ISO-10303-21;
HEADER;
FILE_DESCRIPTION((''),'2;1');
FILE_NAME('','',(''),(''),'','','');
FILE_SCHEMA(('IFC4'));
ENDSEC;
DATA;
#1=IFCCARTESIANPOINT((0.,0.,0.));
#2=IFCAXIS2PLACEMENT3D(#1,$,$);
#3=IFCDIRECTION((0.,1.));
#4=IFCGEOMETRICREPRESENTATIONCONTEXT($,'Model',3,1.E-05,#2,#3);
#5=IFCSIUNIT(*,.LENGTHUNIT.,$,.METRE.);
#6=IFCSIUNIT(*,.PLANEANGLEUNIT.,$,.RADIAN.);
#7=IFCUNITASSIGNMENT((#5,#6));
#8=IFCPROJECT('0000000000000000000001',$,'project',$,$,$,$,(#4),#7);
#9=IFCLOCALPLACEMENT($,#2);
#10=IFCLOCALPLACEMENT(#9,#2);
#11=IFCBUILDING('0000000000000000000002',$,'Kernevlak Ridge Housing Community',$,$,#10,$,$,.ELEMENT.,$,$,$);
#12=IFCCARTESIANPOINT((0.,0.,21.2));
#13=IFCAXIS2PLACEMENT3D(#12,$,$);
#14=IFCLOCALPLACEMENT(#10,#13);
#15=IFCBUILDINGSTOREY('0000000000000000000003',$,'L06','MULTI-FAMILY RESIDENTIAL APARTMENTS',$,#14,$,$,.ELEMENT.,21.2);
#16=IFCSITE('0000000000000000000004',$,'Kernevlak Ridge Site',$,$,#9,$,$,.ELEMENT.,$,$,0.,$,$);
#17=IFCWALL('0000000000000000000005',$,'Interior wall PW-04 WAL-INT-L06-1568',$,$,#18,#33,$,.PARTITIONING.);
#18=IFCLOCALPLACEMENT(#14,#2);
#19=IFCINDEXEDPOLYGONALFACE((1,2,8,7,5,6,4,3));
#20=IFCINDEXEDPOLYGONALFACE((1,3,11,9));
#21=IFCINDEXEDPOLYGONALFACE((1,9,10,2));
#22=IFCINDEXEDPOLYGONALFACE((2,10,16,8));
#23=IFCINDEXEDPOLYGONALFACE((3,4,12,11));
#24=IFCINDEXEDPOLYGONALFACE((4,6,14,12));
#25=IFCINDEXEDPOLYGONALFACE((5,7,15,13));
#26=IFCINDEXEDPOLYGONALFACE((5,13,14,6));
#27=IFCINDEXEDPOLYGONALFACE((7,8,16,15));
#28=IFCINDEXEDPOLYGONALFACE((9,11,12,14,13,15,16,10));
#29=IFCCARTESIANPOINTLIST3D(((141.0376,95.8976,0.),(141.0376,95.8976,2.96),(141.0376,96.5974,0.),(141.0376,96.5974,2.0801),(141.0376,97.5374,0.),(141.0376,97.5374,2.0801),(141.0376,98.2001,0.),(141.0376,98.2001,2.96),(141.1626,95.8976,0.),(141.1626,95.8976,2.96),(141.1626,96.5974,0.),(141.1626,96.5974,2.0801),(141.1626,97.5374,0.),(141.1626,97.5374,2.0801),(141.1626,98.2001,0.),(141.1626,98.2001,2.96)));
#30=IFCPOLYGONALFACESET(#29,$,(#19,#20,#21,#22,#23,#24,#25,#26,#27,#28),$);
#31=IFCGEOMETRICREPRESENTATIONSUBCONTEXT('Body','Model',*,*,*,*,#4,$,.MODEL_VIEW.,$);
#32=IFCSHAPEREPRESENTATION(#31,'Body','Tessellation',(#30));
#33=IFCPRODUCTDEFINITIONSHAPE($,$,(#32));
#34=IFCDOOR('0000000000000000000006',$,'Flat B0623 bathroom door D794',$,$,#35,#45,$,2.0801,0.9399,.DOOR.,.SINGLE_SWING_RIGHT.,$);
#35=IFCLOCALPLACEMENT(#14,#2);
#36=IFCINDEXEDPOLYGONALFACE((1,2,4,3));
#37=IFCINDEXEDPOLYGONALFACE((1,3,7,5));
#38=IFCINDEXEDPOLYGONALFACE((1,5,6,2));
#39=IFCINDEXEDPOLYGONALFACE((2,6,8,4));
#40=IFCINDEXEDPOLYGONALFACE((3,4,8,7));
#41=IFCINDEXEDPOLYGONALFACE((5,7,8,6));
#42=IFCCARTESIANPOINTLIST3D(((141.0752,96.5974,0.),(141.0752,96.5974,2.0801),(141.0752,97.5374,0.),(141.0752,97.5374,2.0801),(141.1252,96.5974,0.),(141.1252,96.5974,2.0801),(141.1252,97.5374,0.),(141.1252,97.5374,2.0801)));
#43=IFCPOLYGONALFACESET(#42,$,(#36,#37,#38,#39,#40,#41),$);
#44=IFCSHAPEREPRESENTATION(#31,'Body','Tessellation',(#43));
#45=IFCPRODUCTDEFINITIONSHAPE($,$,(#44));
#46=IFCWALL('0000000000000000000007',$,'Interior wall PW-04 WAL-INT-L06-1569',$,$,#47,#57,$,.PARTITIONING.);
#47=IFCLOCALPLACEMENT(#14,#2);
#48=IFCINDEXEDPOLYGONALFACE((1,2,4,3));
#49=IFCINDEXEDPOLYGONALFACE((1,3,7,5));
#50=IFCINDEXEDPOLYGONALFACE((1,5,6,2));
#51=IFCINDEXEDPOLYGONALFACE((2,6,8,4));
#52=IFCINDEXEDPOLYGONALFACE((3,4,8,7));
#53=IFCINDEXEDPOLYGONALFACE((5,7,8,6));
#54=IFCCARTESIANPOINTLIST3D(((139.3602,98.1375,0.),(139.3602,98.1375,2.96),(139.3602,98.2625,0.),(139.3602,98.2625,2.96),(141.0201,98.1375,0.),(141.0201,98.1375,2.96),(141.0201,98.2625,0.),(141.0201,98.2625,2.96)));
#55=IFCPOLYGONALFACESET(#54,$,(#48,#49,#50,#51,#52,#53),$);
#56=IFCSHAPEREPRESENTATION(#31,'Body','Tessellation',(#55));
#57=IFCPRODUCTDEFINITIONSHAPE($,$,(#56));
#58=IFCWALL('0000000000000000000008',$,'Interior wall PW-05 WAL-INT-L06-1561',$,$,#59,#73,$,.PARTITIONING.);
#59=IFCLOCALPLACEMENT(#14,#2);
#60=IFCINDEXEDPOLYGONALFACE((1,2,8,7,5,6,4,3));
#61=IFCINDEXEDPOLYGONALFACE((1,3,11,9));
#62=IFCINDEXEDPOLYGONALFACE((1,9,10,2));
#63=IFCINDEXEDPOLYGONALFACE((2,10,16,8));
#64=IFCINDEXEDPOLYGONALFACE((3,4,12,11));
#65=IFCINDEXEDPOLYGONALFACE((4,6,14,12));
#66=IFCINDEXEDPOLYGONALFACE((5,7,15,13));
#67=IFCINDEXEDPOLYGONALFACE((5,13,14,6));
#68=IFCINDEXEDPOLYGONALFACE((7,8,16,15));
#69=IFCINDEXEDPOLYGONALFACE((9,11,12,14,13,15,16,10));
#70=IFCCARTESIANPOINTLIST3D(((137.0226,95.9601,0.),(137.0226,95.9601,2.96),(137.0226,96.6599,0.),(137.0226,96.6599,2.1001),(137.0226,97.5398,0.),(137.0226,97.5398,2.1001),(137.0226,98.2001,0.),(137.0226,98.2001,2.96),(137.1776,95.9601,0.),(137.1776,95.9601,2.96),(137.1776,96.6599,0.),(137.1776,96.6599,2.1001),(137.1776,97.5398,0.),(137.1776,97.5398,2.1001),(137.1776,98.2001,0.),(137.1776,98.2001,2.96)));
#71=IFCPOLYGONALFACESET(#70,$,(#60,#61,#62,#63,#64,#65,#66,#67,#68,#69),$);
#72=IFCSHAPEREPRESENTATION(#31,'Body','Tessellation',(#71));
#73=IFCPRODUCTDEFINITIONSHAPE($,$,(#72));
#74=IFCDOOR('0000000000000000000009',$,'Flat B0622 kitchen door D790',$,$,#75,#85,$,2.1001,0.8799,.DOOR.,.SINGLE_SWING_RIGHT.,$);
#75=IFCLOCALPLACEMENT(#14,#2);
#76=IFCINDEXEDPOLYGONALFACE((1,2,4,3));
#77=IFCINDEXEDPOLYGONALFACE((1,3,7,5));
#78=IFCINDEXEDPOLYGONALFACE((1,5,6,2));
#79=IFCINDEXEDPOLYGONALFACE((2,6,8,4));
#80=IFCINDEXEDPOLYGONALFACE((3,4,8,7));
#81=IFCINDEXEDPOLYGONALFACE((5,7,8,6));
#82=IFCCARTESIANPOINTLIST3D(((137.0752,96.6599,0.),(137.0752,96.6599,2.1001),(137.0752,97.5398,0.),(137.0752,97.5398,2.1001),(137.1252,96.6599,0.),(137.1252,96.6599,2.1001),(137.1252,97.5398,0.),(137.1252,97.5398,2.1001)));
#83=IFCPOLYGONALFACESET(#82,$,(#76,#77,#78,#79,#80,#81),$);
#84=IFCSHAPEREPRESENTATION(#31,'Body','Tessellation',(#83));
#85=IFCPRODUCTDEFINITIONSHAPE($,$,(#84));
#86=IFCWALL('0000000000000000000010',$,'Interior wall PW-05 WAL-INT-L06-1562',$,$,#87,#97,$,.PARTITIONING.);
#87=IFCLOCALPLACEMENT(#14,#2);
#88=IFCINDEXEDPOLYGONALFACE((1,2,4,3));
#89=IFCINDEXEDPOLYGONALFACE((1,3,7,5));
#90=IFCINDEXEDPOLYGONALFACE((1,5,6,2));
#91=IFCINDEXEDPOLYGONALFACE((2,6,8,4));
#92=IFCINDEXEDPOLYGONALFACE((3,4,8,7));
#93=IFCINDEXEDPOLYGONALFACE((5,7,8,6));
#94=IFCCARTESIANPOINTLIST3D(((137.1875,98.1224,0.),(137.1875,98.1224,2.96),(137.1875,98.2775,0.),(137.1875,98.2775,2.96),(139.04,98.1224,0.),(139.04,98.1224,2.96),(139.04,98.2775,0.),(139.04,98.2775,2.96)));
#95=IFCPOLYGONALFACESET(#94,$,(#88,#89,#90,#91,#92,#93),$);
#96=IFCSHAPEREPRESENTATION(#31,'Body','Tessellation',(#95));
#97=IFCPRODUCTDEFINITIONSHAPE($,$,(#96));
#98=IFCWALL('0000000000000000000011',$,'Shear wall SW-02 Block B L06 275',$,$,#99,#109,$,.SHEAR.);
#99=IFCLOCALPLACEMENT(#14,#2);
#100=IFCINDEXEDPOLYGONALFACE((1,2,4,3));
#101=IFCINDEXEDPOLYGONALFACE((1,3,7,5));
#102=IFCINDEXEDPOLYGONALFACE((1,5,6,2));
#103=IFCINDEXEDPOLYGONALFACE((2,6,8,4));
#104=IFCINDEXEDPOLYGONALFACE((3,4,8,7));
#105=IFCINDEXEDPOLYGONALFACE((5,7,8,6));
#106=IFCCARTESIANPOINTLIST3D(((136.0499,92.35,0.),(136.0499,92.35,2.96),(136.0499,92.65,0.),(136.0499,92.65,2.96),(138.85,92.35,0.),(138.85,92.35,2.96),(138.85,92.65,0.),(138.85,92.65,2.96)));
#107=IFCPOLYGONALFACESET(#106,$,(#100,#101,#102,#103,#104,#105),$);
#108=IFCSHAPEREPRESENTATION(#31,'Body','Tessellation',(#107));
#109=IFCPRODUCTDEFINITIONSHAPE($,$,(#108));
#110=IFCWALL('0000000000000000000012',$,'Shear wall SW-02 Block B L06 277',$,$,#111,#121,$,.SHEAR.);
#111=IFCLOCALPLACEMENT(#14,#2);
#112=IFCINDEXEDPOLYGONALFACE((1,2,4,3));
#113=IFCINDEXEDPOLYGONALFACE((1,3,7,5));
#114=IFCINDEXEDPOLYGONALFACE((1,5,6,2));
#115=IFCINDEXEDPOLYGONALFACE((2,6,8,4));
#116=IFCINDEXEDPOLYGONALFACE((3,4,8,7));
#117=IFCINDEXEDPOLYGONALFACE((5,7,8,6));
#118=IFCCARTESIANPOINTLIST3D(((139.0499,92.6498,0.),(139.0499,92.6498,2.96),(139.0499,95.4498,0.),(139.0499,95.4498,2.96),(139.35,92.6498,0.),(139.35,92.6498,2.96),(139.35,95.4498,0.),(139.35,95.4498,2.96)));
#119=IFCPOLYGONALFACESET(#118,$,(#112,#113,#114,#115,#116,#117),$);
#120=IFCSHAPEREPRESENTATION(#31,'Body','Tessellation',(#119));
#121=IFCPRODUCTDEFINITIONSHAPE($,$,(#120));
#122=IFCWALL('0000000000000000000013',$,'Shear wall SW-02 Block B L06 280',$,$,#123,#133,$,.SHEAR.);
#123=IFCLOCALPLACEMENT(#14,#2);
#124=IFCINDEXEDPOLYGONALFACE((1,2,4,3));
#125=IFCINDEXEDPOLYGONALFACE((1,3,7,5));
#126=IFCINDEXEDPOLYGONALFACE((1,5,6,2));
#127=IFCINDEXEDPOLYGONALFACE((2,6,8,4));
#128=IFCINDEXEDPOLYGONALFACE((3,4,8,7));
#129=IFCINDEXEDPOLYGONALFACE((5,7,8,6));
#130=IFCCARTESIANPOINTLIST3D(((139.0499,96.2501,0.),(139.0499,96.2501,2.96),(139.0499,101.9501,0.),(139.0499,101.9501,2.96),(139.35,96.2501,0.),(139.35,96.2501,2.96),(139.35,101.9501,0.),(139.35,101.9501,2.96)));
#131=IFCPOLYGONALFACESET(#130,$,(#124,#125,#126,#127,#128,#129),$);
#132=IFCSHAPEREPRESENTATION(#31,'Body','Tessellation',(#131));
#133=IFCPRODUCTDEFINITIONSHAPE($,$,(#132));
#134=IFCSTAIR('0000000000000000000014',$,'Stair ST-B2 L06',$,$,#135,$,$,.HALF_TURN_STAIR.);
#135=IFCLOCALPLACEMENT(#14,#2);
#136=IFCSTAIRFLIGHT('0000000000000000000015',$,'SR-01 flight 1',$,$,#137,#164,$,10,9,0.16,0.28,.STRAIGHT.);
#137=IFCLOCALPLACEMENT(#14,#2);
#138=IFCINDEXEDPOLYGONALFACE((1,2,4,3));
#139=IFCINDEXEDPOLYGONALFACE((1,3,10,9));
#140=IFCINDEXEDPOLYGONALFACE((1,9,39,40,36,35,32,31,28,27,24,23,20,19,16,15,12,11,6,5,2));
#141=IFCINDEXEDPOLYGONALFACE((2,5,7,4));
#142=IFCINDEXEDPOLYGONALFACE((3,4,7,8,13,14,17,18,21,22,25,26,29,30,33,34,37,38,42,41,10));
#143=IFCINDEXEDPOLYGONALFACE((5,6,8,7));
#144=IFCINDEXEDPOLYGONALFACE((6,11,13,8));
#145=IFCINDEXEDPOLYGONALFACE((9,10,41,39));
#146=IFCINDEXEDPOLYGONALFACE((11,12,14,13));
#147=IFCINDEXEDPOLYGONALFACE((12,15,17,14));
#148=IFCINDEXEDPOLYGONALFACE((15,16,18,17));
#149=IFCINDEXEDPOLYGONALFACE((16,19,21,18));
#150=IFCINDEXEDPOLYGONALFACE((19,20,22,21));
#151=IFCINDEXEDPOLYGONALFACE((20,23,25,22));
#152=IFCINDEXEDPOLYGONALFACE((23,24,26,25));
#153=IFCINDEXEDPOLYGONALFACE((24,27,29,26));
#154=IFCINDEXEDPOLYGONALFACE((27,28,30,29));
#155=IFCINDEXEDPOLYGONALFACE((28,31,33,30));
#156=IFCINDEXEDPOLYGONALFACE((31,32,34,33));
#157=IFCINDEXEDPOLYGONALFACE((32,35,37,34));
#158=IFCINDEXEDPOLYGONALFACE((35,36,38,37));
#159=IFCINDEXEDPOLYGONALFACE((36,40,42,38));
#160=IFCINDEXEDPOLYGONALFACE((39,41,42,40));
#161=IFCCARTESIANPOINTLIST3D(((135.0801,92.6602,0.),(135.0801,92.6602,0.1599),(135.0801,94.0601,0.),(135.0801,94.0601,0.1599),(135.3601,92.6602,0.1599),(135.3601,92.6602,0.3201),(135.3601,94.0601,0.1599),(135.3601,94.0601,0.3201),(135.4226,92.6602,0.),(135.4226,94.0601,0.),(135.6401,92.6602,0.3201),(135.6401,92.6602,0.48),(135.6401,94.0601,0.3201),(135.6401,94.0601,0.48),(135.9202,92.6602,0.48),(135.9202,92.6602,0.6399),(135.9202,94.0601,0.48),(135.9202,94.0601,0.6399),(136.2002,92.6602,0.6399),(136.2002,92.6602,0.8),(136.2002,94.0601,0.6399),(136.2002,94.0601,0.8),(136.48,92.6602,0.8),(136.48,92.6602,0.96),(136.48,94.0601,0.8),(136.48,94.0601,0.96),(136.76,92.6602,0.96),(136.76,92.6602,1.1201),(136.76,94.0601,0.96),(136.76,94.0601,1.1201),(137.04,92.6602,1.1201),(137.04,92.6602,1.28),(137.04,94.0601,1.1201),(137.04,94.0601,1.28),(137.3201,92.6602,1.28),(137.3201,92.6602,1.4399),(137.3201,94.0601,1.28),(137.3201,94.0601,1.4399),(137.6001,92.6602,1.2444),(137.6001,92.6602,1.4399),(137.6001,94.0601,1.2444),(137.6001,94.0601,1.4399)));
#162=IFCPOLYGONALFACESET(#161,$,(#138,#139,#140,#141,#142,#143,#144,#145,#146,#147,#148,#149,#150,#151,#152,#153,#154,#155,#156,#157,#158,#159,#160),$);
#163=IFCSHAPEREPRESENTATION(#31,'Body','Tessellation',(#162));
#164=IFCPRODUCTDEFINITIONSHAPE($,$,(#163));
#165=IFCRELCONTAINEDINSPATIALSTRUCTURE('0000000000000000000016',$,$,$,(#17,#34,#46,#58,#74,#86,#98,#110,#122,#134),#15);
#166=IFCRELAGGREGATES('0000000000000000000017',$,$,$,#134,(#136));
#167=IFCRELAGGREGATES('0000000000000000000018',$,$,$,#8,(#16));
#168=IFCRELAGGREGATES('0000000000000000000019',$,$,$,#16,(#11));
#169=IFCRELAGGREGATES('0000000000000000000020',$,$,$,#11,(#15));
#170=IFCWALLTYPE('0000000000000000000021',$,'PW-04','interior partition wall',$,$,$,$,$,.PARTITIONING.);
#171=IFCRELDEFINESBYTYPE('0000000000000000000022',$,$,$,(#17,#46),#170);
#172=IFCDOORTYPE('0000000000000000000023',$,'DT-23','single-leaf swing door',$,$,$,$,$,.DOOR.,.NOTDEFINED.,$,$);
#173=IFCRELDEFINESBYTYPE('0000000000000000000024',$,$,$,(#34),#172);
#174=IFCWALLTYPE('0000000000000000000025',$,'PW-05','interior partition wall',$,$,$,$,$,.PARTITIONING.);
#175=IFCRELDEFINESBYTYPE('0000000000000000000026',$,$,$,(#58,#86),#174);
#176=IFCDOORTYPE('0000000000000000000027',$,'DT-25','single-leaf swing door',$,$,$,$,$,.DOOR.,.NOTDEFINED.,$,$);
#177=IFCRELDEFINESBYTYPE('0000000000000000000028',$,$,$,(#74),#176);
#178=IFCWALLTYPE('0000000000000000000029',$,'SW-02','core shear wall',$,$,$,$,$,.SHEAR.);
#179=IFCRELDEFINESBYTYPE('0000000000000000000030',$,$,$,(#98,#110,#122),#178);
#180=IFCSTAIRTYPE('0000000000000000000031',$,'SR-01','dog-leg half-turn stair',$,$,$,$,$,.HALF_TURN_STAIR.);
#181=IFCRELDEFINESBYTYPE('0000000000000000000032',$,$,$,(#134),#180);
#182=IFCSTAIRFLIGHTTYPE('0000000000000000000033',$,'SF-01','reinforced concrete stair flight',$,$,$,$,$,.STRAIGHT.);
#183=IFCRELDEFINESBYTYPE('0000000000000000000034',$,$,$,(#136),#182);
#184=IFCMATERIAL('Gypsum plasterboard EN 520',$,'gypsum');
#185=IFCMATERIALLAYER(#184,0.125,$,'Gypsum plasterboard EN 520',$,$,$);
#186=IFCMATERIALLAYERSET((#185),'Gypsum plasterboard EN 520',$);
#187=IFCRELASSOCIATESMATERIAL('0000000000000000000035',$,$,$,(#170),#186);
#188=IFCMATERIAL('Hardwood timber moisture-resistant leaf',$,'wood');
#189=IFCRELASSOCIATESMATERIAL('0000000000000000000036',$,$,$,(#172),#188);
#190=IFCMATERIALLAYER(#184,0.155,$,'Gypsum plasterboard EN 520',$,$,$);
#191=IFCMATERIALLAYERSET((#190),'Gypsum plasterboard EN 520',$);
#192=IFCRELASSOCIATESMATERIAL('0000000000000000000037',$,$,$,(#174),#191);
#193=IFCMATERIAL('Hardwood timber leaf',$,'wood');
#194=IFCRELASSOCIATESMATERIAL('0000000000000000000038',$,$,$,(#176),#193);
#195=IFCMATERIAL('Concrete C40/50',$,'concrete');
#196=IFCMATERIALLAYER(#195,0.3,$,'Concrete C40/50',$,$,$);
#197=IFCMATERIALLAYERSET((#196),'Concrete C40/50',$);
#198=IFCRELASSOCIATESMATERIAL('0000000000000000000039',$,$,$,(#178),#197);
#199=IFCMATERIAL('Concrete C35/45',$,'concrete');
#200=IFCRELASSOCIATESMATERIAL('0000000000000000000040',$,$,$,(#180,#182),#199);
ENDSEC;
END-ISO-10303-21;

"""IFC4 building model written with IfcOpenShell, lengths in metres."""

from ifc_helpers import new_model, si_unit, direction, frame, frame_2d, origin, place, context, subcontext, project, spatial, polyline, rectangle, outline, extrude, material, layer, layer_set, type_object, element, fill, aggregate, save


model = new_model("IFC4")

# Units and contexts
model_context = context("Model", 3, precision=1e-05, world=origin(), true_north=direction((0.0, 1.0)))
body_context = subcontext(model_context, "Body", "Model", "MODEL_VIEW")
ifc_project = project(units=[si_unit("LENGTHUNIT", "METRE"), si_unit("PLANEANGLEUNIT", "RADIAN")], contexts=[model_context])

# Site, building, storey
site_placement = place(None, origin())
site = spatial("IfcSite", under=ifc_project, at=site_placement, Name="Kernevlak Ridge Site", CompositionType="ELEMENT", RefElevation=0.0)
building_placement = place(site_placement, origin())
building = spatial("IfcBuilding", under=site, at=building_placement, Name="Kernevlak Ridge Housing Community", CompositionType="ELEMENT")
storey_placement = place(building_placement, frame((0.0, 0.0, 21.2)))
storey = spatial("IfcBuildingStorey", under=building, at=storey_placement, Name="L06", Description="MULTI-FAMILY RESIDENTIAL APARTMENTS", CompositionType="ELEMENT", Elevation=21.2)

# Shared definitions
ifc_material_1 = material(Name="Concrete C40/50", Category="concrete")

# Shared definitions
ifc_material_2 = material(Name="Concrete C35/45", Category="concrete")

# Wall, opening, door
ifc_material_3 = material(Name="Gypsum plasterboard EN 520", Category="gypsum")
ifc_layer_1 = layer(ifc_material_3, 0.125, Name="Gypsum plasterboard EN 520")
ifc_layer_set_1 = layer_set([ifc_layer_1], Name="Gypsum plasterboard EN 520")
wall_type_1 = type_object("IfcWallType", Name="PW-04", Description="interior partition wall", PredefinedType="PARTITIONING", material=ifc_layer_set_1)
wall_1_placement = place(storey_placement, frame((141.1001, 95.8975, 0.0), z_axis=(0.0, 0.0, 1.0), x_axis=(0.0, 1.0, 0.0)))
wall_1 = element("IfcWall", 1, at=wall_1_placement, inside=storey, type_object=wall_type_1, Name="Interior wall PW-04 WAL-INT-L06-1568", PredefinedType="PARTITIONING", context=body_context, shape_type="SweptSolid", body=[
    extrude(rectangle(XDim=2.3025, YDim=0.125, at=frame_2d((1.1514, 0.0))), origin(), (0.0, 0.0, 1.0), 2.96),
])
opening_1_placement = place(wall_1_placement, frame((0.7, 0.0, 0.0)))
opening_1 = element("IfcOpeningElement", 2, at=opening_1_placement, cuts=wall_1, PredefinedType="OPENING", context=body_context, shape_type="SweptSolid", body=[
    extrude(rectangle(XDim=0.9399, YDim=2.0801, at=frame_2d((0.47, 1.04))), frame((0.0, 0.0725, 0.0), z_axis=(0.0, -1.0, 0.0), x_axis=(1.0, 0.0, 0.0)), (0.0, 0.0, 1.0), 0.145),
])
ifc_material_4 = material(Name="Hardwood timber moisture-resistant leaf", Category="wood")
door_type_1 = type_object("IfcDoorType", Name="DT-23", Description="single-leaf swing door", OperationType="NOTDEFINED", PredefinedType="DOOR", material=ifc_material_4)
door_1_placement = place(opening_1_placement, origin())
door_1 = element("IfcDoor", 3, at=door_1_placement, inside=storey, type_object=door_type_1, Name="Flat B0623 bathroom door D794", OperationType="SINGLE_SWING_RIGHT", OverallHeight=2.0801, OverallWidth=0.9399, PredefinedType="DOOR", context=body_context, shape_type="SweptSolid", body=[
    extrude(rectangle(XDim=0.9399, YDim=2.0801, at=frame_2d((0.47, 1.04))), frame((0.0, 0.0249, 0.0), z_axis=(0.0, -1.0, 0.0), x_axis=(1.0, 0.0, 0.0)), (0.0, 0.0, 1.0), 0.05),
])
fill(opening_1, door_1)

# Wall
wall_2_placement = place(storey_placement, frame((139.3601, 98.2, 0.0), z_axis=(0.0, 0.0, 1.0), x_axis=(1.0, 0.0, 0.0)))
element("IfcWall", 4, at=wall_2_placement, inside=storey, type_object=wall_type_1, Name="Interior wall PW-04 WAL-INT-L06-1569", PredefinedType="PARTITIONING", context=body_context, shape_type="SweptSolid", body=[
    extrude(rectangle(XDim=1.6599, YDim=0.125, at=frame_2d((0.8301, 0.0))), origin(), (0.0, 0.0, 1.0), 2.96),
])

# Wall, opening, door
ifc_layer_2 = layer(ifc_material_3, 0.155, Name="Gypsum plasterboard EN 520")
ifc_layer_set_2 = layer_set([ifc_layer_2], Name="Gypsum plasterboard EN 520")
wall_type_2 = type_object("IfcWallType", Name="PW-05", Description="interior partition wall", PredefinedType="PARTITIONING", material=ifc_layer_set_2)
wall_3_placement = place(storey_placement, frame((137.1001, 95.96, 0.0), z_axis=(0.0, 0.0, 1.0), x_axis=(0.0, 1.0, 0.0)))
wall_3 = element("IfcWall", 5, at=wall_3_placement, inside=storey, type_object=wall_type_2, Name="Interior wall PW-05 WAL-INT-L06-1561", PredefinedType="PARTITIONING", context=body_context, shape_type="SweptSolid", body=[
    extrude(rectangle(XDim=2.24, YDim=0.155, at=frame_2d((1.1201, 0.0))), origin(), (0.0, 0.0, 1.0), 2.96),
])
opening_2_placement = place(wall_3_placement, frame((0.7, 0.0, 0.0)))
opening_2 = element("IfcOpeningElement", 6, at=opening_2_placement, cuts=wall_3, PredefinedType="OPENING", context=body_context, shape_type="SweptSolid", body=[
    extrude(rectangle(XDim=0.8799, YDim=2.1001, at=frame_2d((0.4399, 1.05))), frame((0.0, 0.0874, 0.0), z_axis=(0.0, -1.0, 0.0), x_axis=(1.0, 0.0, 0.0)), (0.0, 0.0, 1.0), 0.175),
])
ifc_material_5 = material(Name="Hardwood timber leaf", Category="wood")
door_type_2 = type_object("IfcDoorType", Name="DT-25", Description="single-leaf swing door", OperationType="NOTDEFINED", PredefinedType="DOOR", material=ifc_material_5)
door_2_placement = place(opening_2_placement, origin())
door_2 = element("IfcDoor", 7, at=door_2_placement, inside=storey, type_object=door_type_2, Name="Flat B0622 kitchen door D790", OperationType="SINGLE_SWING_RIGHT", OverallHeight=2.1001, OverallWidth=0.8799, PredefinedType="DOOR", context=body_context, shape_type="SweptSolid", body=[
    extrude(rectangle(XDim=0.8799, YDim=2.1001, at=frame_2d((0.4399, 1.05))), frame((0.0, 0.0249, 0.0), z_axis=(0.0, -1.0, 0.0), x_axis=(1.0, 0.0, 0.0)), (0.0, 0.0, 1.0), 0.05),
])
fill(opening_2, door_2)

# Walls
wall_4_placement = place(storey_placement, frame((137.1875, 98.2, 0.0), z_axis=(0.0, 0.0, 1.0), x_axis=(1.0, 0.0, 0.0)))
element("IfcWall", 8, at=wall_4_placement, inside=storey, type_object=wall_type_2, Name="Interior wall PW-05 WAL-INT-L06-1562", PredefinedType="PARTITIONING", context=body_context, shape_type="SweptSolid", body=[
    extrude(rectangle(XDim=1.8525, YDim=0.155, at=frame_2d((0.9263, 0.0))), origin(), (0.0, 0.0, 1.0), 2.96),
])
ifc_layer_3 = layer(ifc_material_1, 0.3, Name="Concrete C40/50")
ifc_layer_set_3 = layer_set([ifc_layer_3], Name="Concrete C40/50")
wall_type_3 = type_object("IfcWallType", Name="SW-02", Description="core shear wall", PredefinedType="SHEAR", material=ifc_layer_set_3)
for number, where, z_axis, x_axis, name in (
    (9, (136.05, 92.5, 0.0), (0.0, 0.0, 1.0), (1.0, 0.0, 0.0), "Shear wall SW-02 Block B L06 275"),
    (10, (139.2, 92.6499, 0.0), (0.0, 0.0, 1.0), (0.0, 1.0, 0.0), "Shear wall SW-02 Block B L06 277"),
):
    element("IfcWall", number, at=place(storey_placement, frame(where, z_axis=z_axis, x_axis=x_axis)), inside=storey, type_object=wall_type_3, Name=name, PredefinedType="SHEAR", context=body_context, shape_type="SweptSolid", body=[
        extrude(rectangle(XDim=2.8, YDim=0.3, at=frame_2d((1.3999, 0.0))), origin(), (0.0, 0.0, 1.0), 2.96),
    ])
wall_5_placement = place(storey_placement, frame((139.2, 96.25, 0.0), z_axis=(0.0, 0.0, 1.0), x_axis=(0.0, 1.0, 0.0)))
element("IfcWall", 11, at=wall_5_placement, inside=storey, type_object=wall_type_3, Name="Shear wall SW-02 Block B L06 280", PredefinedType="SHEAR", context=body_context, shape_type="SweptSolid", body=[
    extrude(rectangle(XDim=5.7, YDim=0.3, at=frame_2d((2.8501, 0.0))), origin(), (0.0, 0.0, 1.0), 2.96),
])

# Stair, stair flight
stair_type = type_object("IfcStairType", Name="SR-01", Description="dog-leg half-turn stair", PredefinedType="HALF_TURN_STAIR", material=ifc_material_2)
stair_placement = place(storey_placement, origin())
stair = element("IfcStair", 12, at=stair_placement, inside=storey, type_object=stair_type, Name="Stair ST-B2 L06", PredefinedType="HALF_TURN_STAIR")
stair_flight_type = type_object("IfcStairFlightType", Name="SF-01", Description="reinforced concrete stair flight", PredefinedType="STRAIGHT", material=ifc_material_2)
stair_flight_1_placement = place(storey_placement, frame((135.0801, 93.3601, 0.0), z_axis=(0.0, 0.0, 1.0), x_axis=(1.0, 0.0, 0.0)))
stair_flight_1 = element("IfcStairFlight", 13, at=stair_flight_1_placement, type_object=stair_flight_type, Name="SR-01 flight 1", NumberOfRisers=10, NumberOfTreads=9, PredefinedType="STRAIGHT", RiserHeight=0.16, TreadLength=0.28, context=body_context, shape_type="SweptSolid", body=[
    extrude(outline(polyline([(0.0, 0.0), (0.0, 0.1599), (0.28, 0.1599), (0.28, 0.3201), (0.5601, 0.3201), (0.5601, 0.48), (0.8401, 0.48), (0.8401, 0.6399), (1.1201, 0.6399), (1.1201, 0.8), (1.3999, 0.8), (1.3999, 0.96), (1.6799, 0.96), (1.6799, 1.1201), (1.96, 1.1201), (1.96, 1.28), (2.24, 1.28), (2.24, 1.4399), (2.52, 1.4399), (2.52, 1.6001), (2.52, 1.2444), (0.3425, 0.0), (0.0, 0.0)])), frame((0.0, 0.7, 0.0), z_axis=(0.0, -1.0, 0.0), x_axis=(1.0, 0.0, 0.0)), (0.0, 0.0, 1.0), 1.3999),
])
aggregate(stair, [stair_flight_1])

save(model, "model.ifc")
